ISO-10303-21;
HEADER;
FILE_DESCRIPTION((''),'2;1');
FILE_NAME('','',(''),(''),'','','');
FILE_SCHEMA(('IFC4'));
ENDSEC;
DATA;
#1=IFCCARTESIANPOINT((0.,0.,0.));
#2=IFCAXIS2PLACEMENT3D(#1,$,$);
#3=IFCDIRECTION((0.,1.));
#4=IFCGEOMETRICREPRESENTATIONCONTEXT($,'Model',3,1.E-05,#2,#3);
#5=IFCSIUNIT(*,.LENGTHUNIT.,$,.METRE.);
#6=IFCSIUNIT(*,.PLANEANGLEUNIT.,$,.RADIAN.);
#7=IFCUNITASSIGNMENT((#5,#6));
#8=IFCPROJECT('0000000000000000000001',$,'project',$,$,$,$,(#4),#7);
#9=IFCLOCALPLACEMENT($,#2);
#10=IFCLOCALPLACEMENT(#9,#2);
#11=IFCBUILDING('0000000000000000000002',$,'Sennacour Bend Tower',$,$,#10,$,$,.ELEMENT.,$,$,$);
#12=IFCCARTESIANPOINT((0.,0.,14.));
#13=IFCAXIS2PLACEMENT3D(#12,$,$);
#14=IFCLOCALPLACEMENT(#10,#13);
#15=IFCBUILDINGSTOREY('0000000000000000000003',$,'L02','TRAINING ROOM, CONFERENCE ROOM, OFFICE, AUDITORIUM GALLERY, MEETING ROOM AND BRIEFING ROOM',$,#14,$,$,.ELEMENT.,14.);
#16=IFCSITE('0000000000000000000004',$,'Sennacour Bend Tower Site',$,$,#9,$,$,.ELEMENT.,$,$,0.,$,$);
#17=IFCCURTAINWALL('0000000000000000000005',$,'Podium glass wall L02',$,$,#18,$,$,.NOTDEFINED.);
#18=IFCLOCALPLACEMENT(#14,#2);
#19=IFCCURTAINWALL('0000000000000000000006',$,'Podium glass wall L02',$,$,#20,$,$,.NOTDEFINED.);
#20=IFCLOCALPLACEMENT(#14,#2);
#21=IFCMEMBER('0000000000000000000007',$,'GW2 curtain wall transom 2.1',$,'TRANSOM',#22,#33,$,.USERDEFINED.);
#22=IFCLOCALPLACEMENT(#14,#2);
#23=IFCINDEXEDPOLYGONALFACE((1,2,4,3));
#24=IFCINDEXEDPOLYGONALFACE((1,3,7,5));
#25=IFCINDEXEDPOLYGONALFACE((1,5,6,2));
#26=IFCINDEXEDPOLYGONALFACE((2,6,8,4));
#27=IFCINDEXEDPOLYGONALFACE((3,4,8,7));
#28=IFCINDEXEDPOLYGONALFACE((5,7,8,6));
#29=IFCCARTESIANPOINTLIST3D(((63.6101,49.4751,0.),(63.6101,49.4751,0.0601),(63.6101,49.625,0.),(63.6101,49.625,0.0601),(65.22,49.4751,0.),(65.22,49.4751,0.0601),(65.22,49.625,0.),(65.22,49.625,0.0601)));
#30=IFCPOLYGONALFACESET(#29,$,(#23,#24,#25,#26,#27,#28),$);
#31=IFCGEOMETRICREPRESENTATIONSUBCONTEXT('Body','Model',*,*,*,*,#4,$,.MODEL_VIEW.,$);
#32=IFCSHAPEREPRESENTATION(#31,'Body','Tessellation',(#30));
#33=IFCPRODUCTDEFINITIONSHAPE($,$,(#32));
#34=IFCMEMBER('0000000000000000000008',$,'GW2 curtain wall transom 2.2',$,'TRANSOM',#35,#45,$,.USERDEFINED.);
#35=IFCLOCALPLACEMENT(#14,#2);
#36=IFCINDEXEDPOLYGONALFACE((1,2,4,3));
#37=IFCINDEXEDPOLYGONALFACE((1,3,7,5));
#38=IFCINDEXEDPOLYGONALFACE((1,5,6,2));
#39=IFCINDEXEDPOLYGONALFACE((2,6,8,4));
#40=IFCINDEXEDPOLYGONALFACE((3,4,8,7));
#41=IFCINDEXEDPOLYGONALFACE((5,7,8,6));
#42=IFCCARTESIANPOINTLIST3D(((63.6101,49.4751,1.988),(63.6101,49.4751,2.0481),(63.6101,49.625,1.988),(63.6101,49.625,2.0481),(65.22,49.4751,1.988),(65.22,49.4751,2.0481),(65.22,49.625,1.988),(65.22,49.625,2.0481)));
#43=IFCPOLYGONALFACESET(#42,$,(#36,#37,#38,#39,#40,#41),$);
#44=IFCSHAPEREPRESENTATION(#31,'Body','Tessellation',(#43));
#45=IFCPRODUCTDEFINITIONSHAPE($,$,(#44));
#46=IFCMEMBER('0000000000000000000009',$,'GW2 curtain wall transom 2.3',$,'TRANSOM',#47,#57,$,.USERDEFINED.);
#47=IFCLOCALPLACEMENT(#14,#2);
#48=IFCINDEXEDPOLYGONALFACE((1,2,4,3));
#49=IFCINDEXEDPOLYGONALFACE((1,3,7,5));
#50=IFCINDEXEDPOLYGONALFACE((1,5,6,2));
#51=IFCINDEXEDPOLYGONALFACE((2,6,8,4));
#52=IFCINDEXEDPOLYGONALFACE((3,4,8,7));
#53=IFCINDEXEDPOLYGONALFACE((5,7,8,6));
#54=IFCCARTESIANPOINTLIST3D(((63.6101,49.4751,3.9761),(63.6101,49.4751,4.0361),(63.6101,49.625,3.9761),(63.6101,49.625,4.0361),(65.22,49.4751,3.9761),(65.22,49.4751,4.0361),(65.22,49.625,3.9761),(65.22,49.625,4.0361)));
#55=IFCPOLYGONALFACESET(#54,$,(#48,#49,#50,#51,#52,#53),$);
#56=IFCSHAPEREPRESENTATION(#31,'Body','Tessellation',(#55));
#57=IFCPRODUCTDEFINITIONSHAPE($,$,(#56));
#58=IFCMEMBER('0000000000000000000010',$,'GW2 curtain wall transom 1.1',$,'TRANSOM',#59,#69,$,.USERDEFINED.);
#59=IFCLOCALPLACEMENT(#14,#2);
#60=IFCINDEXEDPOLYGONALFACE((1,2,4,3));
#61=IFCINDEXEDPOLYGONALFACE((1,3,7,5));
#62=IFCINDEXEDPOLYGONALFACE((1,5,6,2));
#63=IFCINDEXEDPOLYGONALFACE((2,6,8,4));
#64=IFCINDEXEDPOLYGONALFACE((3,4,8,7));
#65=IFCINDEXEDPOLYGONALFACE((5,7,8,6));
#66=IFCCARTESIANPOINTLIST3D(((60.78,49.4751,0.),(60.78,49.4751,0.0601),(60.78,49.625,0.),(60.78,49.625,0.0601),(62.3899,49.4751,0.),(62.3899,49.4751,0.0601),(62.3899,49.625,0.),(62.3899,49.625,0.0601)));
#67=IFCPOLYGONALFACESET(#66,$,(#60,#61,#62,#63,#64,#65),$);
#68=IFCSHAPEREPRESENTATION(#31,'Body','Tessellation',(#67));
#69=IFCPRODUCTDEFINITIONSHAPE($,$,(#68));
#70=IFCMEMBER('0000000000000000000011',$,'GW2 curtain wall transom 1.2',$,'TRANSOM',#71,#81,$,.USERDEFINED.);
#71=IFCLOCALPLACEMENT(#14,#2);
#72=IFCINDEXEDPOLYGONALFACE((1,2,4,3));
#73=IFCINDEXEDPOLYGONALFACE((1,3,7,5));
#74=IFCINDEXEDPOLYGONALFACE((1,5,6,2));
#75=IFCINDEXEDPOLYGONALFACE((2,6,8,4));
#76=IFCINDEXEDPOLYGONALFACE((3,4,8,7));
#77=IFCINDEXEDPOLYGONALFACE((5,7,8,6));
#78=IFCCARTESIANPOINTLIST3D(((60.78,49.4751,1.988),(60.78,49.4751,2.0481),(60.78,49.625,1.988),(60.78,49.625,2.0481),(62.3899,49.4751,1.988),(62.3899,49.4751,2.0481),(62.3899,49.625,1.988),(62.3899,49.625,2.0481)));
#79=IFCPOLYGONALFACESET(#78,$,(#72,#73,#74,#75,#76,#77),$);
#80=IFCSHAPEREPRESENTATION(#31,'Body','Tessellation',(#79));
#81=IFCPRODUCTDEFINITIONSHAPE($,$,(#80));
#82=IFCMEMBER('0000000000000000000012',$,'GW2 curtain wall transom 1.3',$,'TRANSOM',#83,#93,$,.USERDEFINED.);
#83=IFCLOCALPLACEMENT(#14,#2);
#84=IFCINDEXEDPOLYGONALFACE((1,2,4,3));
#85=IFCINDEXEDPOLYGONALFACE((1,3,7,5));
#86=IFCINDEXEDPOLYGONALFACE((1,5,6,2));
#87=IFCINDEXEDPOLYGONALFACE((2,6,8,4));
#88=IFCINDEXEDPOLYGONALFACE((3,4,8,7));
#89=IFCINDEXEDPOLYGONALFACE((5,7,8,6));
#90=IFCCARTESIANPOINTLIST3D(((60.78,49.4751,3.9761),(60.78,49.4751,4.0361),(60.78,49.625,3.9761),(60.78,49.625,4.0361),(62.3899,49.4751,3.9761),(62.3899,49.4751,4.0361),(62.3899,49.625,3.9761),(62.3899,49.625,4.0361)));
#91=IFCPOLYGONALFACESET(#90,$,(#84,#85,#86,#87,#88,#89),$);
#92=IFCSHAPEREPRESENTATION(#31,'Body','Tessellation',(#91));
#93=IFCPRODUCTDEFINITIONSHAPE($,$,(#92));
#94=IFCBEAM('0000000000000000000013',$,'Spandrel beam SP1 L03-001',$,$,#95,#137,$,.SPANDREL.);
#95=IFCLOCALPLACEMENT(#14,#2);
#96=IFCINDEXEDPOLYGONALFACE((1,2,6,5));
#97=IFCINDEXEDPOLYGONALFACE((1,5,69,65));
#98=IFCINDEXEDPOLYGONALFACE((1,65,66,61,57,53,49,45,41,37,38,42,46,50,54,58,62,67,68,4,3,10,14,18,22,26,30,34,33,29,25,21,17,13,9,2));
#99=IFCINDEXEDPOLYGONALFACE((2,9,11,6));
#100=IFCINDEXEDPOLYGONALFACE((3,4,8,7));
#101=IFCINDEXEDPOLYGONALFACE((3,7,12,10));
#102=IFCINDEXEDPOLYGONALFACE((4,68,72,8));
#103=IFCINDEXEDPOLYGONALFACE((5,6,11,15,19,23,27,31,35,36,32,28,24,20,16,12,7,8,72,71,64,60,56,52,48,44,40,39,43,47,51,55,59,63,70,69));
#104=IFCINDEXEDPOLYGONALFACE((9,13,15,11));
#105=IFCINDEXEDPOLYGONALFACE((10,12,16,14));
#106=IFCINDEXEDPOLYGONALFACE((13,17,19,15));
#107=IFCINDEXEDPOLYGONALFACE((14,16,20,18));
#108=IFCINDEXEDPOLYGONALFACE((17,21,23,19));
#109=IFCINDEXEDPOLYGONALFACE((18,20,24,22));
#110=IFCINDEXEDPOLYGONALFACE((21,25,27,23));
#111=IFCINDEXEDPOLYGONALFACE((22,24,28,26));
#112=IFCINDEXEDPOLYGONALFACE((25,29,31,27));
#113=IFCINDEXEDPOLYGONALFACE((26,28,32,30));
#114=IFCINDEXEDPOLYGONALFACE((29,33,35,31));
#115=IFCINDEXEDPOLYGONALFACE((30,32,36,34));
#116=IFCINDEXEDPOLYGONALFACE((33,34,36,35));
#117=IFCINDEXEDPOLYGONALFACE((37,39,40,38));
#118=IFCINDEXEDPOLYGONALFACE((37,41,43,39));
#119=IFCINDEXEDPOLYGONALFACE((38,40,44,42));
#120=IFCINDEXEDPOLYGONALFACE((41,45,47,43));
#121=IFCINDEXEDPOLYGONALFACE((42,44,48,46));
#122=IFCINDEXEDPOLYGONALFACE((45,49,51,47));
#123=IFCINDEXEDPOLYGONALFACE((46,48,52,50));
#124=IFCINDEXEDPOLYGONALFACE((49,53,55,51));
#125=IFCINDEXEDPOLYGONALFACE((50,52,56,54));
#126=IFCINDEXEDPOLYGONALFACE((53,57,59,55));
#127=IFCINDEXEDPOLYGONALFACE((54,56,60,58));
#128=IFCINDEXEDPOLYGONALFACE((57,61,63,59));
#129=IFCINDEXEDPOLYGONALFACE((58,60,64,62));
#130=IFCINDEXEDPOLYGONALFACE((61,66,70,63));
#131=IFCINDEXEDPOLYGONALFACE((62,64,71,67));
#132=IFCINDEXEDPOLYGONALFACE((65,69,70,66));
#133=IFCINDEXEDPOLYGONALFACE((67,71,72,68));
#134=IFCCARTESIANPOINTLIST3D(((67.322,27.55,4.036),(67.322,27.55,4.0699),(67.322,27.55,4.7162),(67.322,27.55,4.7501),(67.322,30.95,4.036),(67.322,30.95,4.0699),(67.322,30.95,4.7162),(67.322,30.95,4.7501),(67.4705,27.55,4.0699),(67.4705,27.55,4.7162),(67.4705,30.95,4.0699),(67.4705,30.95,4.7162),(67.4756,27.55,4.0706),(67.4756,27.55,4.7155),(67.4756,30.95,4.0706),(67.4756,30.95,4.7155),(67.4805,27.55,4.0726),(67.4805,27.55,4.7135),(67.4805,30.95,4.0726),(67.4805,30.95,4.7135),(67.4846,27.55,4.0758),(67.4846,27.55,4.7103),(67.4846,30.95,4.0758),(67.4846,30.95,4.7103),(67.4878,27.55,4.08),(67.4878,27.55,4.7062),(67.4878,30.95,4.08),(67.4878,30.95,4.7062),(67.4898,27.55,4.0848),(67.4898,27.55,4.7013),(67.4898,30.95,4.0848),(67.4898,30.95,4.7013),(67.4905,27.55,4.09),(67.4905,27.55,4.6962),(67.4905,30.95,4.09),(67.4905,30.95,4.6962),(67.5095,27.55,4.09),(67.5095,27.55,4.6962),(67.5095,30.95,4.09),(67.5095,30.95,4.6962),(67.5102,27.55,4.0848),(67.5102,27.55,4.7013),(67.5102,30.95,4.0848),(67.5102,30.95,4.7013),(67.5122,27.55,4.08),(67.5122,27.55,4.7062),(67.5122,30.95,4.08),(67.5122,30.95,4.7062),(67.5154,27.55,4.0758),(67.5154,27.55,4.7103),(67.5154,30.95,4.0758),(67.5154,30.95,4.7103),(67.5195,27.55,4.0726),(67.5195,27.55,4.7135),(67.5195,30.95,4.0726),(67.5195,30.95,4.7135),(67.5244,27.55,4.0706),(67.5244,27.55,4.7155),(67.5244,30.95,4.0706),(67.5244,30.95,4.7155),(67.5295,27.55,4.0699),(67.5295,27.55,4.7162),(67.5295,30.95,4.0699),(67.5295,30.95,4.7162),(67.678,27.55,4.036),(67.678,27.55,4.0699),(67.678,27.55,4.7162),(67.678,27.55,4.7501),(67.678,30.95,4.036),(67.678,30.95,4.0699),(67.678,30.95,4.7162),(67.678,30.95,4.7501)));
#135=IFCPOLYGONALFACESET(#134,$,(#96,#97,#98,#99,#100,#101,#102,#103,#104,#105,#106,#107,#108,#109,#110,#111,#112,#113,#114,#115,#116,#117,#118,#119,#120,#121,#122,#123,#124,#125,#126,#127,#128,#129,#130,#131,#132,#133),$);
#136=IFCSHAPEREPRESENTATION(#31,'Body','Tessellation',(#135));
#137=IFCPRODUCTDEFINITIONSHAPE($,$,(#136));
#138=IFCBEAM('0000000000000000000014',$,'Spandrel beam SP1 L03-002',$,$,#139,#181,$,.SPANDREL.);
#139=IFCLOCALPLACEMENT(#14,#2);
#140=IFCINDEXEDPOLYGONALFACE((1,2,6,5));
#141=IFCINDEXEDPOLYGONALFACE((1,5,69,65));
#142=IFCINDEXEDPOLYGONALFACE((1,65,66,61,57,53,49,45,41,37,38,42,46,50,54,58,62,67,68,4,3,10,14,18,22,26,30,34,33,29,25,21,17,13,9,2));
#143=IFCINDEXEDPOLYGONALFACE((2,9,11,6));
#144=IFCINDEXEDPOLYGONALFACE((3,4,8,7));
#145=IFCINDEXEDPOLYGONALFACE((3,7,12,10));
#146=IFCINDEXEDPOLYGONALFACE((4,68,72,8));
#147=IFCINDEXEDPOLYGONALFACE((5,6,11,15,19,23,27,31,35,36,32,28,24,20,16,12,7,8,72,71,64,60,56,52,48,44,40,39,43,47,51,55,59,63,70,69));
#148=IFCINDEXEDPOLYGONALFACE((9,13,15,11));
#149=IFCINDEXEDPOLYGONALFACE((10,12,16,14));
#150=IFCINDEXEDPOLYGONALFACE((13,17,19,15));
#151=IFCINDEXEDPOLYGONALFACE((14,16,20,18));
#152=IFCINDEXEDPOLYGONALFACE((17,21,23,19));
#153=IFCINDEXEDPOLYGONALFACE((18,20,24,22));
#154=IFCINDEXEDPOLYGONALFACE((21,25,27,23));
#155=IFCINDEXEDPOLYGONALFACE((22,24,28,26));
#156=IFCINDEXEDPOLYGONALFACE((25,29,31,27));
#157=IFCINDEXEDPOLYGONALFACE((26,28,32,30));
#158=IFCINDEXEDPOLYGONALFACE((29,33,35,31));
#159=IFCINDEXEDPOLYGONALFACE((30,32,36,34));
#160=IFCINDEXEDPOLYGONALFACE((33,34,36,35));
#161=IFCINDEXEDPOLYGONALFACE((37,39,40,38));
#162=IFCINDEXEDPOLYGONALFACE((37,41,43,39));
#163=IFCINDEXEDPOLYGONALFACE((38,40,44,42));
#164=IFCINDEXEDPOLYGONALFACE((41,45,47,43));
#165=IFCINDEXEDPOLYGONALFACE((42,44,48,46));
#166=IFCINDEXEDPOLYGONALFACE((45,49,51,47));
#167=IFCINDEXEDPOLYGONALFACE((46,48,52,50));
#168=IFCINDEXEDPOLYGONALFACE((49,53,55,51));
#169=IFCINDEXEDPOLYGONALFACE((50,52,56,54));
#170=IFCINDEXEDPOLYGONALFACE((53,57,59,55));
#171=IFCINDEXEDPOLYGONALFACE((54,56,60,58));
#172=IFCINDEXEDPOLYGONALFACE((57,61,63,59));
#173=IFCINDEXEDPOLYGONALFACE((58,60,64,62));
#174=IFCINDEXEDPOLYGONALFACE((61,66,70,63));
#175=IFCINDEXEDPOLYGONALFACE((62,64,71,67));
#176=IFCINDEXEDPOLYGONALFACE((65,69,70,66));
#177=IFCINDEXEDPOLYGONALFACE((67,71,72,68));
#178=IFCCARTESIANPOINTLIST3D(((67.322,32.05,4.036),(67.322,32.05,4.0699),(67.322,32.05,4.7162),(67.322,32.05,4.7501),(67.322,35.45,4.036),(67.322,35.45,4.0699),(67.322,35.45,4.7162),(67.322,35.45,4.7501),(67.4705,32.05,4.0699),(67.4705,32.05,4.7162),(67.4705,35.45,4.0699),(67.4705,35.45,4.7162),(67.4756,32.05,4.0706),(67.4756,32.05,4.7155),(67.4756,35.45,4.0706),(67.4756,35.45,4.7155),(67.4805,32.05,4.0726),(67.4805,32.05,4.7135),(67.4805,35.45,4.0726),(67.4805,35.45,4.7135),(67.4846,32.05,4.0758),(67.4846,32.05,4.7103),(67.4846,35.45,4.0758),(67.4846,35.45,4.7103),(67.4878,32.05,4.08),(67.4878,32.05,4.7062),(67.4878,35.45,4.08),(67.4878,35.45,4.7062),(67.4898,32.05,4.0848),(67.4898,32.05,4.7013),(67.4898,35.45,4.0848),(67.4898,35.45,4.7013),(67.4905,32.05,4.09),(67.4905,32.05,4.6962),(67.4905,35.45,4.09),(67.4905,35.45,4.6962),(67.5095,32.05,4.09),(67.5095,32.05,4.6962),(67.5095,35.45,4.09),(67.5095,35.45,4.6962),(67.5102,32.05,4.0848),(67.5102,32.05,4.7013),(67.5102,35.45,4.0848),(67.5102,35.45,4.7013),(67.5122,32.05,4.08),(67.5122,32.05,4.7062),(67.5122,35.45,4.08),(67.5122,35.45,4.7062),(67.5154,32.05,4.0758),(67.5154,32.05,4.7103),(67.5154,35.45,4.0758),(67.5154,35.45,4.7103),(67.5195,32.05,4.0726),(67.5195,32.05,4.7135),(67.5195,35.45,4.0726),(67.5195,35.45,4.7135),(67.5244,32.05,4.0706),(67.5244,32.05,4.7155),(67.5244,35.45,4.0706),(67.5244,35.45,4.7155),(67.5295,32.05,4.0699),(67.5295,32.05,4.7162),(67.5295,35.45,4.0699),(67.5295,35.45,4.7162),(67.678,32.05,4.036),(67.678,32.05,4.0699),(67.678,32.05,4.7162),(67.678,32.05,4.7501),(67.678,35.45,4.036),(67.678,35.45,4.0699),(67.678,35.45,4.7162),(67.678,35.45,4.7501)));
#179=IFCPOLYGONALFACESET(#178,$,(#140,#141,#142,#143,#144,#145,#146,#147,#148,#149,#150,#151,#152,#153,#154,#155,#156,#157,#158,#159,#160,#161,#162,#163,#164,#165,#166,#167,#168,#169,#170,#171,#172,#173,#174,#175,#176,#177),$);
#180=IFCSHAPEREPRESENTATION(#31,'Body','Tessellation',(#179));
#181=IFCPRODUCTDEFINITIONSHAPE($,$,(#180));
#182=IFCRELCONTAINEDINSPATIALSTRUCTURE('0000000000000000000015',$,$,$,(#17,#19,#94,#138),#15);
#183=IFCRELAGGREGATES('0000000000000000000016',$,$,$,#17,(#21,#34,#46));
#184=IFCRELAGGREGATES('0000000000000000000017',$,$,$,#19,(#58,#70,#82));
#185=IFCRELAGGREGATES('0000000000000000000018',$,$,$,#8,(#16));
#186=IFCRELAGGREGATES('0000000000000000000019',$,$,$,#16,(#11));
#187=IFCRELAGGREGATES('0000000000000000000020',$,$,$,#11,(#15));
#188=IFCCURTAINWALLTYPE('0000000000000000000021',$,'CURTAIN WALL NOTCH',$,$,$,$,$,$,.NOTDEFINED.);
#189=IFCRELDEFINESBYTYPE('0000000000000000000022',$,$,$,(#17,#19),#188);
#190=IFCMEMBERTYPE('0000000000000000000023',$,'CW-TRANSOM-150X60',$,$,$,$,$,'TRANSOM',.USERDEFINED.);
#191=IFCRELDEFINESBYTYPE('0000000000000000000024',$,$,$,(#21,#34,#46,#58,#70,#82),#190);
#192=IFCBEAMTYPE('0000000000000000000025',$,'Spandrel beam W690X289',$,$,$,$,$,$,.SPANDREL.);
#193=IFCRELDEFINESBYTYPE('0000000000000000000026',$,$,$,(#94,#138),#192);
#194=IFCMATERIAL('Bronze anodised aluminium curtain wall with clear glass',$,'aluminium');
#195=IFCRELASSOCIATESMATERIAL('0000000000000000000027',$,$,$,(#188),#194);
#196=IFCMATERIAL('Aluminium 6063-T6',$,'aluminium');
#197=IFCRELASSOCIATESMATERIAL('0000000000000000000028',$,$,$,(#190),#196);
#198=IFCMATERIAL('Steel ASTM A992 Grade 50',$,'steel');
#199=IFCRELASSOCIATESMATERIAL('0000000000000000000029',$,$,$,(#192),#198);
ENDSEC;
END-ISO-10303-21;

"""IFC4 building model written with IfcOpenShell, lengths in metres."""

from ifc_helpers import new_model, si_unit, direction, frame, origin, origin_2d, place, context, subcontext, project, spatial, rectangle, i_section, extrude, material, material_profile, profile_set, type_object, element, aggregate, save


model = new_model("IFC4")

# Units and contexts
model_context = context("Model", 3, precision=1e-05, world=origin(), true_north=direction((0.0, 1.0)))
body_context = subcontext(model_context, "Body", "Model", "MODEL_VIEW")
ifc_project = project(units=[si_unit("LENGTHUNIT", "METRE"), si_unit("PLANEANGLEUNIT", "RADIAN")], contexts=[model_context])

# Site, building, storey
site_placement = place(None, origin())
site = spatial("IfcSite", under=ifc_project, at=site_placement, Name="Sennacour Bend Tower Site", CompositionType="ELEMENT", RefElevation=0.0)
building_placement = place(site_placement, origin())
building = spatial("IfcBuilding", under=site, at=building_placement, Name="Sennacour Bend Tower", CompositionType="ELEMENT")
storey_placement = place(building_placement, frame((0.0, 0.0, 14.0)))
storey = spatial("IfcBuildingStorey", under=building, at=storey_placement, Name="L02", Description="TRAINING ROOM, CONFERENCE ROOM, OFFICE, AUDITORIUM GALLERY, MEETING ROOM AND BRIEFING ROOM", CompositionType="ELEMENT", Elevation=14.0)

# Curtain walls
ifc_material_1 = material(Name="Bronze anodised aluminium curtain wall with clear glass", Category="aluminium")
curtain_wall_type = type_object("IfcCurtainWallType", Name="CURTAIN WALL NOTCH", PredefinedType="NOTDEFINED", material=ifc_material_1)
curtain_wall_1_placement = place(storey_placement, origin())
curtain_wall_1 = element("IfcCurtainWall", 1, at=curtain_wall_1_placement, inside=storey, type_object=curtain_wall_type, Name="Podium glass wall L02", PredefinedType="NOTDEFINED")
ifc_material_2 = material(Name="Aluminium 6063-T6", Category="aluminium")
curtain_wall_2_placement = place(storey_placement, origin())
curtain_wall_2 = element("IfcCurtainWall", 2, at=curtain_wall_2_placement, inside=storey, type_object=curtain_wall_type, Name="Podium glass wall L02", PredefinedType="NOTDEFINED")

# Members
ifc_material_profile_1 = material_profile(ifc_material_2, rectangle(XDim=0.1499, YDim=0.0601, at=origin_2d()), Name="Aluminium 6063-T6", Category="aluminium")
ifc_profile_set_1 = profile_set([ifc_material_profile_1], Name="Aluminium 6063-T6")
member_type_1 = type_object("IfcMemberType", Name="CW-TRANSOM-150X60", ElementType="TRANSOM", PredefinedType="USERDEFINED", material=ifc_profile_set_1)
member_1_placement = place(storey_placement, frame((65.22, 49.55, 0.03), z_axis=(-1.0, 0.0, 0.0), x_axis=(0.0, -1.0, 0.0)))
member_1 = element("IfcMember", 3, at=member_1_placement, type_object=member_type_1, Name="GW2 curtain wall transom 2.1", ObjectType="TRANSOM", PredefinedType="USERDEFINED", context=body_context, shape_type="SweptSolid", body=[
    extrude(rectangle(XDim=0.1499, YDim=0.0601, at=origin_2d()), origin(), (0.0, 0.0, 1.0), 1.6099),
])
member_2_placement = place(storey_placement, frame((65.22, 49.55, 2.0181), z_axis=(-1.0, 0.0, 0.0), x_axis=(0.0, -1.0, 0.0)))
member_2 = element("IfcMember", 4, at=member_2_placement, type_object=member_type_1, Name="GW2 curtain wall transom 2.2", ObjectType="TRANSOM", PredefinedType="USERDEFINED", context=body_context, shape_type="SweptSolid", body=[
    extrude(rectangle(XDim=0.1499, YDim=0.0601, at=origin_2d()), origin(), (0.0, 0.0, 1.0), 1.6099),
])
member_3_placement = place(storey_placement, frame((65.22, 49.55, 4.0061), z_axis=(-1.0, 0.0, 0.0), x_axis=(0.0, -1.0, 0.0)))
member_3 = element("IfcMember", 5, at=member_3_placement, type_object=member_type_1, Name="GW2 curtain wall transom 2.3", ObjectType="TRANSOM", PredefinedType="USERDEFINED", context=body_context, shape_type="SweptSolid", body=[
    extrude(rectangle(XDim=0.1499, YDim=0.0601, at=origin_2d()), origin(), (0.0, 0.0, 1.0), 1.6099),
])
member_4_placement = place(storey_placement, frame((62.3899, 49.55, 0.03), z_axis=(-1.0, 0.0, 0.0), x_axis=(0.0, -1.0, 0.0)))
member_4 = element("IfcMember", 6, at=member_4_placement, type_object=member_type_1, Name="GW2 curtain wall transom 1.1", ObjectType="TRANSOM", PredefinedType="USERDEFINED", context=body_context, shape_type="SweptSolid", body=[
    extrude(rectangle(XDim=0.1499, YDim=0.0601, at=origin_2d()), origin(), (0.0, 0.0, 1.0), 1.6099),
])
member_5_placement = place(storey_placement, frame((62.3899, 49.55, 2.0181), z_axis=(-1.0, 0.0, 0.0), x_axis=(0.0, -1.0, 0.0)))
member_5 = element("IfcMember", 7, at=member_5_placement, type_object=member_type_1, Name="GW2 curtain wall transom 1.2", ObjectType="TRANSOM", PredefinedType="USERDEFINED", context=body_context, shape_type="SweptSolid", body=[
    extrude(rectangle(XDim=0.1499, YDim=0.0601, at=origin_2d()), origin(), (0.0, 0.0, 1.0), 1.6099),
])
member_6_placement = place(storey_placement, frame((62.3899, 49.55, 4.0061), z_axis=(-1.0, 0.0, 0.0), x_axis=(0.0, -1.0, 0.0)))
member_6 = element("IfcMember", 8, at=member_6_placement, type_object=member_type_1, Name="GW2 curtain wall transom 1.3", ObjectType="TRANSOM", PredefinedType="USERDEFINED", context=body_context, shape_type="SweptSolid", body=[
    extrude(rectangle(XDim=0.1499, YDim=0.0601, at=origin_2d()), origin(), (0.0, 0.0, 1.0), 1.6099),
])

# Beams
ifc_material_3 = material(Name="Steel ASTM A992 Grade 50", Category="steel")
ifc_material_profile_2 = material_profile(ifc_material_3, i_section(OverallWidth=0.356, OverallDepth=0.7141, WebThickness=0.019, FlangeThickness=0.0339, FilletRadius=0.02, at=origin_2d()), Name="Steel ASTM A992 Grade 50", Category="steel")
ifc_profile_set_2 = profile_set([ifc_material_profile_2], Name="Steel ASTM A992 Grade 50")
beam_type = type_object("IfcBeamType", Name="Spandrel beam W690X289", PredefinedType="SPANDREL", material=ifc_profile_set_2)
for number, where, z_axis, x_axis, name in (
    (9, (67.5, 27.55, 4.3931), (0.0, 1.0, 0.0), (-1.0, 0.0, 0.0), "Spandrel beam SP1 L03-001"),
    (10, (67.5, 32.05, 4.3931), (0.0, 1.0, 0.0), (-1.0, 0.0, 0.0), "Spandrel beam SP1 L03-002"),
):
    element("IfcBeam", number, at=place(storey_placement, frame(where, z_axis=z_axis, x_axis=x_axis)), inside=storey, type_object=beam_type, Name=name, PredefinedType="SPANDREL", context=body_context, shape_type="SweptSolid", body=[
        extrude(i_section(OverallWidth=0.356, OverallDepth=0.7141, WebThickness=0.019, FlangeThickness=0.0339, FilletRadius=0.02, at=origin_2d()), origin(), (0.0, 0.0, 1.0), 3.3999),
    ])

aggregate(curtain_wall_1, [member_1, member_2, member_3])
aggregate(curtain_wall_2, [member_4, member_5, member_6])

save(model, "model.ifc")
